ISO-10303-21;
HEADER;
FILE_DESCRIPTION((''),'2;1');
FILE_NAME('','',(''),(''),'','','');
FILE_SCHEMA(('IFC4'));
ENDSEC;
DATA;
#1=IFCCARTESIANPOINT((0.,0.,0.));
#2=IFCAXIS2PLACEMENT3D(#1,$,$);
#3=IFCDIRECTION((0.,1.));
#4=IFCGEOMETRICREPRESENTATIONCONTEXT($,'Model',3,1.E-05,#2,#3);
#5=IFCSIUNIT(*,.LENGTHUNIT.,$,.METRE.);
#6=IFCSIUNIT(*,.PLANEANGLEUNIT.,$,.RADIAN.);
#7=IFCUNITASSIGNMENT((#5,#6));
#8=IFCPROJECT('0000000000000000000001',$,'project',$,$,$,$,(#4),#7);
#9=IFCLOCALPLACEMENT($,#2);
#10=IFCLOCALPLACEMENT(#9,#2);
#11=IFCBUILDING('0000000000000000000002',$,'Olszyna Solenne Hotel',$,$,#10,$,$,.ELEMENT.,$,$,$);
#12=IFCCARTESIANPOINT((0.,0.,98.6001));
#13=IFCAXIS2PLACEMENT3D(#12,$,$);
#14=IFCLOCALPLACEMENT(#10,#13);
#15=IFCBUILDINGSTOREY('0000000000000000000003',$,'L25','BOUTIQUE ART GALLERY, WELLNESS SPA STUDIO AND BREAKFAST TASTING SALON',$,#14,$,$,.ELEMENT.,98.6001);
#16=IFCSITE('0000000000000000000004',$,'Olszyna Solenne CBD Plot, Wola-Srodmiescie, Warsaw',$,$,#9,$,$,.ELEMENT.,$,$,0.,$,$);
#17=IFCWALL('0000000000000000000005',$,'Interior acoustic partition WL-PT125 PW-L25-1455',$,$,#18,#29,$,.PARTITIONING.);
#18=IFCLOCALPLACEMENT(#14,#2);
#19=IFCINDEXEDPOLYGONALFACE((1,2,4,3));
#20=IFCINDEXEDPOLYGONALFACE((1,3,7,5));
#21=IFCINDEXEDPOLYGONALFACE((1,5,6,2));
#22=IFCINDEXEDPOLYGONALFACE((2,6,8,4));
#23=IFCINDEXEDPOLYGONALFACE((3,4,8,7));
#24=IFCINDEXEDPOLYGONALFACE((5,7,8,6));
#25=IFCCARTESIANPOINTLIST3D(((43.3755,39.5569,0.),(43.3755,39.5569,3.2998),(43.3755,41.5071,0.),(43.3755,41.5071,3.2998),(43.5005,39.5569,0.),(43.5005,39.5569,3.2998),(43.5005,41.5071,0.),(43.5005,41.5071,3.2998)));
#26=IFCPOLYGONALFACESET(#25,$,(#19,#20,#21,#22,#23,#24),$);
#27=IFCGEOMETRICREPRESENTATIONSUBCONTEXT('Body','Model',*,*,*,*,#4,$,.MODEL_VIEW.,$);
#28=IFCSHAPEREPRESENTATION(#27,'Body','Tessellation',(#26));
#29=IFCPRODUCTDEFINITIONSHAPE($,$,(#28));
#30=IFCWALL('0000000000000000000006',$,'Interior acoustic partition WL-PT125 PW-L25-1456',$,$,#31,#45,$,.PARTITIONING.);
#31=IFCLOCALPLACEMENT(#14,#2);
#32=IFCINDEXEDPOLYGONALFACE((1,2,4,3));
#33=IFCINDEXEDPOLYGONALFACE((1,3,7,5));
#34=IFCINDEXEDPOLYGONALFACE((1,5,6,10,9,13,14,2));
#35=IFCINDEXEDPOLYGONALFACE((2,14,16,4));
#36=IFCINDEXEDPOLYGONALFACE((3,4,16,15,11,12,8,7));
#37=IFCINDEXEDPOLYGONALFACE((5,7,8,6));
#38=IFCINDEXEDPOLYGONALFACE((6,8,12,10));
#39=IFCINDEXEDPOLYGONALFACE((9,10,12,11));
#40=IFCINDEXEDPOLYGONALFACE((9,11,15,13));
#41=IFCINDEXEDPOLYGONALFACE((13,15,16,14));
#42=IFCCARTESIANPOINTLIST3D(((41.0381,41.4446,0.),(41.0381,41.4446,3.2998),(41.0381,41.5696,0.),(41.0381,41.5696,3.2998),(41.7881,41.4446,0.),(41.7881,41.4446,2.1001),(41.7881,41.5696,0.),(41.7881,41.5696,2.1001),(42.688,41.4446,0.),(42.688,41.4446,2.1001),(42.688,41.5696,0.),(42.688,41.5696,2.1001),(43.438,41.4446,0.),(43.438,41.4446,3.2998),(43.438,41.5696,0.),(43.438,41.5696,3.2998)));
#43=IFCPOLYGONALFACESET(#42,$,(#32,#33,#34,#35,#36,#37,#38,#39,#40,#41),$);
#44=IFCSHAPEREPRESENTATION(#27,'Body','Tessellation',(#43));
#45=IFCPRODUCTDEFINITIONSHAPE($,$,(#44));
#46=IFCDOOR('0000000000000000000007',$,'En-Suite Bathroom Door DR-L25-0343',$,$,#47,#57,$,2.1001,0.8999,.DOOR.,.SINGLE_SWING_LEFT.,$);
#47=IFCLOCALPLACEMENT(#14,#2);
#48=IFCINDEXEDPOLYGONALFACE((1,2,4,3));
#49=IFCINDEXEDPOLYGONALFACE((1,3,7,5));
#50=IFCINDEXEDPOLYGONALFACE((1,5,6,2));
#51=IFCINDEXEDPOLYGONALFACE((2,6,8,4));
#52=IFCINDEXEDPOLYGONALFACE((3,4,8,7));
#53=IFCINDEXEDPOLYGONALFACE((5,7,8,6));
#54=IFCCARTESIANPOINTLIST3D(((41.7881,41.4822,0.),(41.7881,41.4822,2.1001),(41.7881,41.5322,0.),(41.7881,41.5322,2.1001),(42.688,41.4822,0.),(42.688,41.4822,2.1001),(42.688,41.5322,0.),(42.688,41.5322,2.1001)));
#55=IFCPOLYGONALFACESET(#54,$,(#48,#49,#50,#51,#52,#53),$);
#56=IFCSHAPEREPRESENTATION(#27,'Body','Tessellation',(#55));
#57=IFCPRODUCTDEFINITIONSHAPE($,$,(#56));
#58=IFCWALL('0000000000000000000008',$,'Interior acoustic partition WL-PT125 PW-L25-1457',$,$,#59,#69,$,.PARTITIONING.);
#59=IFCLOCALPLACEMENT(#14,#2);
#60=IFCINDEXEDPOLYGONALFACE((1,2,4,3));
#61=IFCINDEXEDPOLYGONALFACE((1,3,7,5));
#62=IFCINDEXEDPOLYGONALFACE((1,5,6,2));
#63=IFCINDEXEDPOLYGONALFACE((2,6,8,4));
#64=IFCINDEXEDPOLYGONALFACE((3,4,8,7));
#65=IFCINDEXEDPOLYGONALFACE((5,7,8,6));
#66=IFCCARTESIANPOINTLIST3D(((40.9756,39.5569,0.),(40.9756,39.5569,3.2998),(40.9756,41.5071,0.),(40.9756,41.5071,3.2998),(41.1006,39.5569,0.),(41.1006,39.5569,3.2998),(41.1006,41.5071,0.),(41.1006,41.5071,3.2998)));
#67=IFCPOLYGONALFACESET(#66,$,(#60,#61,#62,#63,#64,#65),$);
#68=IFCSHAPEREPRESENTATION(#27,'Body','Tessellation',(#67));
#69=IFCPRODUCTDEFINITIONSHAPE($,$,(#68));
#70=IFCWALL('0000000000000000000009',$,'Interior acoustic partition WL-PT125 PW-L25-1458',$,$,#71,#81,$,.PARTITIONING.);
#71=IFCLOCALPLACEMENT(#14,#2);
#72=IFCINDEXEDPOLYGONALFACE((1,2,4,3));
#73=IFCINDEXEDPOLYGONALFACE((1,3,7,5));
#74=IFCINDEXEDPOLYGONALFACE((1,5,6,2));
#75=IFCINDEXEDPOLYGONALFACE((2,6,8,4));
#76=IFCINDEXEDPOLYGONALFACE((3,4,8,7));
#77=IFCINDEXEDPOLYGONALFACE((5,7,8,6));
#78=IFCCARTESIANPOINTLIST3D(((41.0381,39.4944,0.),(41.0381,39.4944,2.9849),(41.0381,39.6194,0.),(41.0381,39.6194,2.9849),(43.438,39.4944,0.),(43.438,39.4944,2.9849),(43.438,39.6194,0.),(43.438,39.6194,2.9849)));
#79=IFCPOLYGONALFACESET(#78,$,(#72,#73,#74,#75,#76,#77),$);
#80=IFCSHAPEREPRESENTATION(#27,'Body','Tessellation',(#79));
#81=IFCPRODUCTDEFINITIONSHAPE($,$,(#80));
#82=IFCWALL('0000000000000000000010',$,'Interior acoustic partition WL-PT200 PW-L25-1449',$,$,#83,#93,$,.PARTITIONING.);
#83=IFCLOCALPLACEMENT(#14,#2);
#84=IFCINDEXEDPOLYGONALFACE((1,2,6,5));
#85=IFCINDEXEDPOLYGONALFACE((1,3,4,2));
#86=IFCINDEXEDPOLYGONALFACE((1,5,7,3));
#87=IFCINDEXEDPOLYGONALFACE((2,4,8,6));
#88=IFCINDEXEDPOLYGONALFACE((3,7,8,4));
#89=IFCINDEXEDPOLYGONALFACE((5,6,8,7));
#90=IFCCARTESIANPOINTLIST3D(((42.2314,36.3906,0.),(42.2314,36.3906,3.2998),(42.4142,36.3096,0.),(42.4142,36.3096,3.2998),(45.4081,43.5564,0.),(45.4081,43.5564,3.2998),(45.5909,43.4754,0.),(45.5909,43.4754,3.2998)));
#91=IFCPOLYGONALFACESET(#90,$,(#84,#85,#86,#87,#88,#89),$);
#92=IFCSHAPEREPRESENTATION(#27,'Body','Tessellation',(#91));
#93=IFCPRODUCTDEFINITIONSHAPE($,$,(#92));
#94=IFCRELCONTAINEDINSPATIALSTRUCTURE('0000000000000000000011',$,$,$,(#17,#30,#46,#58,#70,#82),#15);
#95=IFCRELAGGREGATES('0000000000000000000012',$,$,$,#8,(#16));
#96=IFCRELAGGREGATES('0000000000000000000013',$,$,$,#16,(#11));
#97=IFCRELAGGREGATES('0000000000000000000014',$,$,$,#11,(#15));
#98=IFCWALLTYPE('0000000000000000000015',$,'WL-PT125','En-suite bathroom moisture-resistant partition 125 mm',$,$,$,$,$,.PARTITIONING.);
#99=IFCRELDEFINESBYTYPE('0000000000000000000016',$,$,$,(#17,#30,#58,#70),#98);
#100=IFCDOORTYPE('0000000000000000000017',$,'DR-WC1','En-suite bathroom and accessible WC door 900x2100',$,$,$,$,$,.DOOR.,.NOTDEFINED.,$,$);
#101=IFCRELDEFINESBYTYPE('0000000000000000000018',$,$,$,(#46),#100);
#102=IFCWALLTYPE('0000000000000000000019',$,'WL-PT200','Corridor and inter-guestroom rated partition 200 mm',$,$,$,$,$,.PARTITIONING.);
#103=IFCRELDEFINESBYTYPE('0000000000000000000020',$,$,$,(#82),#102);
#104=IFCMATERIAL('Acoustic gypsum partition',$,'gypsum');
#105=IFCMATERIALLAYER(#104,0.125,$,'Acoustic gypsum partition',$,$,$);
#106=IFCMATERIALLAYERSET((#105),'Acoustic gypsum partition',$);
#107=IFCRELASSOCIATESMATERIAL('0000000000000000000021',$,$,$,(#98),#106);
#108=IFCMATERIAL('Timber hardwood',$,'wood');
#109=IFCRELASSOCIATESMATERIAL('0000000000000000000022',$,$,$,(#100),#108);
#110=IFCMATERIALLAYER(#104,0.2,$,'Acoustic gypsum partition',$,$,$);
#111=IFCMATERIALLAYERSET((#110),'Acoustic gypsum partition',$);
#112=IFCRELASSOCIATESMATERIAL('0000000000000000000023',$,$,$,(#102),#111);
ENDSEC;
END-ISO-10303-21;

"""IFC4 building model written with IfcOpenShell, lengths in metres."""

from ifc_helpers import new_model, si_unit, direction, frame, frame_2d, origin, place, context, subcontext, project, spatial, rectangle, extrude, source, transform, mapped, material, layer, layer_set, type_object, type_shapes, element, fill, save


model = new_model("IFC4")

# Units and contexts
model_context = context("Model", 3, precision=1e-05, world=origin(), true_north=direction((0.0, 1.0)))
body_context = subcontext(model_context, "Body", "Model", "MODEL_VIEW")
ifc_project = project(units=[si_unit("LENGTHUNIT", "METRE"), si_unit("PLANEANGLEUNIT", "RADIAN")], contexts=[model_context])

# Site, building, storey
site_placement = place(None, origin())
site = spatial("IfcSite", under=ifc_project, at=site_placement, Name="Olszyna Solenne CBD Plot, Wola-Srodmiescie, Warsaw", CompositionType="ELEMENT", RefElevation=0.0)
building_placement = place(site_placement, origin())
building = spatial("IfcBuilding", under=site, at=building_placement, Name="Olszyna Solenne Hotel", CompositionType="ELEMENT")
storey_placement = place(building_placement, frame((0.0, 0.0, 98.6001)))
storey = spatial("IfcBuildingStorey", under=building, at=storey_placement, Name="L25", Description="BOUTIQUE ART GALLERY, WELLNESS SPA STUDIO AND BREAKFAST TASTING SALON", CompositionType="ELEMENT", Elevation=98.6001)

# Shared definitions
ifc_material_1 = material(Name="Timber hardwood", Category="wood")

# Wall
ifc_material_2 = material(Name="Acoustic gypsum partition", Category="gypsum")
ifc_layer_1 = layer(ifc_material_2, 0.125, Name="Acoustic gypsum partition")
ifc_layer_set_1 = layer_set([ifc_layer_1], Name="Acoustic gypsum partition")
wall_type_1 = type_object("IfcWallType", Name="WL-PT125", Description="En-suite bathroom moisture-resistant partition 125 mm", PredefinedType="PARTITIONING", material=ifc_layer_set_1)
wall_1_placement = place(storey_placement, frame((43.438, 39.5569, 0.0), z_axis=(0.0, 0.0, 1.0), x_axis=(0.0, 1.0, 0.0)))
element("IfcWall", 1, at=wall_1_placement, inside=storey, type_object=wall_type_1, Name="Interior acoustic partition WL-PT125 PW-L25-1455", PredefinedType="PARTITIONING", context=body_context, shape_type="SweptSolid", body=[
    extrude(rectangle(XDim=1.9502, YDim=0.125, at=frame_2d((0.9751, 0.0))), origin(), (0.0, 0.0, 1.0), 3.2998),
])

# Wall, opening, door
wall_2_placement = place(storey_placement, frame((43.438, 41.5071, 0.0), z_axis=(0.0, 0.0, 1.0), x_axis=(-1.0, 0.0, 0.0)))
wall_2 = element("IfcWall", 2, at=wall_2_placement, inside=storey, type_object=wall_type_1, Name="Interior acoustic partition WL-PT125 PW-L25-1456", PredefinedType="PARTITIONING", context=body_context, shape_type="SweptSolid", body=[
    extrude(rectangle(XDim=2.3999, YDim=0.125, at=frame_2d((1.2, 0.0))), origin(), (0.0, 0.0, 1.0), 3.2998),
])
opening_1_placement = place(wall_2_placement, frame((0.75, 0.0, 0.0)))
opening_1 = element("IfcOpeningElement", 3, at=opening_1_placement, cuts=wall_2, PredefinedType="OPENING", context=body_context, shape_type="SweptSolid", body=[
    extrude(rectangle(XDim=0.8999, YDim=2.1001, at=frame_2d((0.45, 1.05))), frame((0.0, 0.0725, 0.0), z_axis=(0.0, -1.0, 0.0), x_axis=(1.0, 0.0, 0.0)), (0.0, 0.0, 1.0), 0.145),
])
door_type_1 = type_object("IfcDoorType", Name="DR-WC1", Description="En-suite bathroom and accessible WC door 900x2100", OperationType="NOTDEFINED", PredefinedType="DOOR", material=ifc_material_1)
shared_shape_1 = source(origin(), body_context, "Body", "SweptSolid", [
    extrude(rectangle(XDim=0.8999, YDim=2.1001, at=frame_2d((0.45, 1.05))), frame((0.0, 0.0249, 0.0), z_axis=(0.0, -1.0, 0.0), x_axis=(1.0, 0.0, 0.0)), (0.0, 0.0, 1.0), 0.05),
])
type_shapes(door_type_1, [shared_shape_1])
door_1_placement = place(opening_1_placement, origin())
door_1 = element("IfcDoor", 4, at=door_1_placement, inside=storey, type_object=door_type_1, Name="En-Suite Bathroom Door DR-L25-0343", OperationType="SINGLE_SWING_LEFT", OverallHeight=2.1001, OverallWidth=0.8999, PredefinedType="DOOR", context=body_context, shape_type="MappedRepresentation", body=[
    mapped(shared_shape_1, transform((0.0, 0.0, 0.0), x_axis=(1.0, 0.0, 0.0), y_axis=(0.0, 1.0, 0.0), z_axis=(0.0, 0.0, 1.0), scale=1.0)),
])
fill(opening_1, door_1)

# Walls
wall_3_placement = place(storey_placement, frame((41.0381, 41.5071, 0.0), z_axis=(0.0, 0.0, 1.0), x_axis=(0.0, -1.0, 0.0)))
element("IfcWall", 5, at=wall_3_placement, inside=storey, type_object=wall_type_1, Name="Interior acoustic partition WL-PT125 PW-L25-1457", PredefinedType="PARTITIONING", context=body_context, shape_type="SweptSolid", body=[
    extrude(rectangle(XDim=1.9502, YDim=0.125, at=frame_2d((0.9751, 0.0))), origin(), (0.0, 0.0, 1.0), 3.2998),
])
wall_4_placement = place(storey_placement, frame((41.0381, 39.5569, 0.0), z_axis=(0.0, 0.0, 1.0), x_axis=(1.0, 0.0, 0.0)))
element("IfcWall", 6, at=wall_4_placement, inside=storey, type_object=wall_type_1, Name="Interior acoustic partition WL-PT125 PW-L25-1458", PredefinedType="PARTITIONING", context=body_context, shape_type="SweptSolid", body=[
    extrude(rectangle(XDim=2.3999, YDim=0.125, at=frame_2d((1.2, 0.0))), origin(), (0.0, 0.0, 1.0), 2.9849),
])
ifc_layer_2 = layer(ifc_material_2, 0.2, Name="Acoustic gypsum partition")
ifc_layer_set_2 = layer_set([ifc_layer_2], Name="Acoustic gypsum partition")
wall_type_2 = type_object("IfcWallType", Name="WL-PT200", Description="Corridor and inter-guestroom rated partition 200 mm", PredefinedType="PARTITIONING", material=ifc_layer_set_2)
wall_5_placement = place(storey_placement, frame((42.3228, 36.3501, 0.0), z_axis=(0.0, 0.0, 1.0), x_axis=(0.405283, 0.914191, 0.0)))
element("IfcWall", 7, at=wall_5_placement, inside=storey, type_object=wall_type_2, Name="Interior acoustic partition WL-PT200 PW-L25-1449", PredefinedType="PARTITIONING", context=body_context, shape_type="SweptSolid", body=[
    extrude(rectangle(XDim=7.8384, YDim=0.2, at=frame_2d((3.9192, 0.0))), origin(), (0.0, 0.0, 1.0), 3.2998),
])

save(model, "model.ifc")
